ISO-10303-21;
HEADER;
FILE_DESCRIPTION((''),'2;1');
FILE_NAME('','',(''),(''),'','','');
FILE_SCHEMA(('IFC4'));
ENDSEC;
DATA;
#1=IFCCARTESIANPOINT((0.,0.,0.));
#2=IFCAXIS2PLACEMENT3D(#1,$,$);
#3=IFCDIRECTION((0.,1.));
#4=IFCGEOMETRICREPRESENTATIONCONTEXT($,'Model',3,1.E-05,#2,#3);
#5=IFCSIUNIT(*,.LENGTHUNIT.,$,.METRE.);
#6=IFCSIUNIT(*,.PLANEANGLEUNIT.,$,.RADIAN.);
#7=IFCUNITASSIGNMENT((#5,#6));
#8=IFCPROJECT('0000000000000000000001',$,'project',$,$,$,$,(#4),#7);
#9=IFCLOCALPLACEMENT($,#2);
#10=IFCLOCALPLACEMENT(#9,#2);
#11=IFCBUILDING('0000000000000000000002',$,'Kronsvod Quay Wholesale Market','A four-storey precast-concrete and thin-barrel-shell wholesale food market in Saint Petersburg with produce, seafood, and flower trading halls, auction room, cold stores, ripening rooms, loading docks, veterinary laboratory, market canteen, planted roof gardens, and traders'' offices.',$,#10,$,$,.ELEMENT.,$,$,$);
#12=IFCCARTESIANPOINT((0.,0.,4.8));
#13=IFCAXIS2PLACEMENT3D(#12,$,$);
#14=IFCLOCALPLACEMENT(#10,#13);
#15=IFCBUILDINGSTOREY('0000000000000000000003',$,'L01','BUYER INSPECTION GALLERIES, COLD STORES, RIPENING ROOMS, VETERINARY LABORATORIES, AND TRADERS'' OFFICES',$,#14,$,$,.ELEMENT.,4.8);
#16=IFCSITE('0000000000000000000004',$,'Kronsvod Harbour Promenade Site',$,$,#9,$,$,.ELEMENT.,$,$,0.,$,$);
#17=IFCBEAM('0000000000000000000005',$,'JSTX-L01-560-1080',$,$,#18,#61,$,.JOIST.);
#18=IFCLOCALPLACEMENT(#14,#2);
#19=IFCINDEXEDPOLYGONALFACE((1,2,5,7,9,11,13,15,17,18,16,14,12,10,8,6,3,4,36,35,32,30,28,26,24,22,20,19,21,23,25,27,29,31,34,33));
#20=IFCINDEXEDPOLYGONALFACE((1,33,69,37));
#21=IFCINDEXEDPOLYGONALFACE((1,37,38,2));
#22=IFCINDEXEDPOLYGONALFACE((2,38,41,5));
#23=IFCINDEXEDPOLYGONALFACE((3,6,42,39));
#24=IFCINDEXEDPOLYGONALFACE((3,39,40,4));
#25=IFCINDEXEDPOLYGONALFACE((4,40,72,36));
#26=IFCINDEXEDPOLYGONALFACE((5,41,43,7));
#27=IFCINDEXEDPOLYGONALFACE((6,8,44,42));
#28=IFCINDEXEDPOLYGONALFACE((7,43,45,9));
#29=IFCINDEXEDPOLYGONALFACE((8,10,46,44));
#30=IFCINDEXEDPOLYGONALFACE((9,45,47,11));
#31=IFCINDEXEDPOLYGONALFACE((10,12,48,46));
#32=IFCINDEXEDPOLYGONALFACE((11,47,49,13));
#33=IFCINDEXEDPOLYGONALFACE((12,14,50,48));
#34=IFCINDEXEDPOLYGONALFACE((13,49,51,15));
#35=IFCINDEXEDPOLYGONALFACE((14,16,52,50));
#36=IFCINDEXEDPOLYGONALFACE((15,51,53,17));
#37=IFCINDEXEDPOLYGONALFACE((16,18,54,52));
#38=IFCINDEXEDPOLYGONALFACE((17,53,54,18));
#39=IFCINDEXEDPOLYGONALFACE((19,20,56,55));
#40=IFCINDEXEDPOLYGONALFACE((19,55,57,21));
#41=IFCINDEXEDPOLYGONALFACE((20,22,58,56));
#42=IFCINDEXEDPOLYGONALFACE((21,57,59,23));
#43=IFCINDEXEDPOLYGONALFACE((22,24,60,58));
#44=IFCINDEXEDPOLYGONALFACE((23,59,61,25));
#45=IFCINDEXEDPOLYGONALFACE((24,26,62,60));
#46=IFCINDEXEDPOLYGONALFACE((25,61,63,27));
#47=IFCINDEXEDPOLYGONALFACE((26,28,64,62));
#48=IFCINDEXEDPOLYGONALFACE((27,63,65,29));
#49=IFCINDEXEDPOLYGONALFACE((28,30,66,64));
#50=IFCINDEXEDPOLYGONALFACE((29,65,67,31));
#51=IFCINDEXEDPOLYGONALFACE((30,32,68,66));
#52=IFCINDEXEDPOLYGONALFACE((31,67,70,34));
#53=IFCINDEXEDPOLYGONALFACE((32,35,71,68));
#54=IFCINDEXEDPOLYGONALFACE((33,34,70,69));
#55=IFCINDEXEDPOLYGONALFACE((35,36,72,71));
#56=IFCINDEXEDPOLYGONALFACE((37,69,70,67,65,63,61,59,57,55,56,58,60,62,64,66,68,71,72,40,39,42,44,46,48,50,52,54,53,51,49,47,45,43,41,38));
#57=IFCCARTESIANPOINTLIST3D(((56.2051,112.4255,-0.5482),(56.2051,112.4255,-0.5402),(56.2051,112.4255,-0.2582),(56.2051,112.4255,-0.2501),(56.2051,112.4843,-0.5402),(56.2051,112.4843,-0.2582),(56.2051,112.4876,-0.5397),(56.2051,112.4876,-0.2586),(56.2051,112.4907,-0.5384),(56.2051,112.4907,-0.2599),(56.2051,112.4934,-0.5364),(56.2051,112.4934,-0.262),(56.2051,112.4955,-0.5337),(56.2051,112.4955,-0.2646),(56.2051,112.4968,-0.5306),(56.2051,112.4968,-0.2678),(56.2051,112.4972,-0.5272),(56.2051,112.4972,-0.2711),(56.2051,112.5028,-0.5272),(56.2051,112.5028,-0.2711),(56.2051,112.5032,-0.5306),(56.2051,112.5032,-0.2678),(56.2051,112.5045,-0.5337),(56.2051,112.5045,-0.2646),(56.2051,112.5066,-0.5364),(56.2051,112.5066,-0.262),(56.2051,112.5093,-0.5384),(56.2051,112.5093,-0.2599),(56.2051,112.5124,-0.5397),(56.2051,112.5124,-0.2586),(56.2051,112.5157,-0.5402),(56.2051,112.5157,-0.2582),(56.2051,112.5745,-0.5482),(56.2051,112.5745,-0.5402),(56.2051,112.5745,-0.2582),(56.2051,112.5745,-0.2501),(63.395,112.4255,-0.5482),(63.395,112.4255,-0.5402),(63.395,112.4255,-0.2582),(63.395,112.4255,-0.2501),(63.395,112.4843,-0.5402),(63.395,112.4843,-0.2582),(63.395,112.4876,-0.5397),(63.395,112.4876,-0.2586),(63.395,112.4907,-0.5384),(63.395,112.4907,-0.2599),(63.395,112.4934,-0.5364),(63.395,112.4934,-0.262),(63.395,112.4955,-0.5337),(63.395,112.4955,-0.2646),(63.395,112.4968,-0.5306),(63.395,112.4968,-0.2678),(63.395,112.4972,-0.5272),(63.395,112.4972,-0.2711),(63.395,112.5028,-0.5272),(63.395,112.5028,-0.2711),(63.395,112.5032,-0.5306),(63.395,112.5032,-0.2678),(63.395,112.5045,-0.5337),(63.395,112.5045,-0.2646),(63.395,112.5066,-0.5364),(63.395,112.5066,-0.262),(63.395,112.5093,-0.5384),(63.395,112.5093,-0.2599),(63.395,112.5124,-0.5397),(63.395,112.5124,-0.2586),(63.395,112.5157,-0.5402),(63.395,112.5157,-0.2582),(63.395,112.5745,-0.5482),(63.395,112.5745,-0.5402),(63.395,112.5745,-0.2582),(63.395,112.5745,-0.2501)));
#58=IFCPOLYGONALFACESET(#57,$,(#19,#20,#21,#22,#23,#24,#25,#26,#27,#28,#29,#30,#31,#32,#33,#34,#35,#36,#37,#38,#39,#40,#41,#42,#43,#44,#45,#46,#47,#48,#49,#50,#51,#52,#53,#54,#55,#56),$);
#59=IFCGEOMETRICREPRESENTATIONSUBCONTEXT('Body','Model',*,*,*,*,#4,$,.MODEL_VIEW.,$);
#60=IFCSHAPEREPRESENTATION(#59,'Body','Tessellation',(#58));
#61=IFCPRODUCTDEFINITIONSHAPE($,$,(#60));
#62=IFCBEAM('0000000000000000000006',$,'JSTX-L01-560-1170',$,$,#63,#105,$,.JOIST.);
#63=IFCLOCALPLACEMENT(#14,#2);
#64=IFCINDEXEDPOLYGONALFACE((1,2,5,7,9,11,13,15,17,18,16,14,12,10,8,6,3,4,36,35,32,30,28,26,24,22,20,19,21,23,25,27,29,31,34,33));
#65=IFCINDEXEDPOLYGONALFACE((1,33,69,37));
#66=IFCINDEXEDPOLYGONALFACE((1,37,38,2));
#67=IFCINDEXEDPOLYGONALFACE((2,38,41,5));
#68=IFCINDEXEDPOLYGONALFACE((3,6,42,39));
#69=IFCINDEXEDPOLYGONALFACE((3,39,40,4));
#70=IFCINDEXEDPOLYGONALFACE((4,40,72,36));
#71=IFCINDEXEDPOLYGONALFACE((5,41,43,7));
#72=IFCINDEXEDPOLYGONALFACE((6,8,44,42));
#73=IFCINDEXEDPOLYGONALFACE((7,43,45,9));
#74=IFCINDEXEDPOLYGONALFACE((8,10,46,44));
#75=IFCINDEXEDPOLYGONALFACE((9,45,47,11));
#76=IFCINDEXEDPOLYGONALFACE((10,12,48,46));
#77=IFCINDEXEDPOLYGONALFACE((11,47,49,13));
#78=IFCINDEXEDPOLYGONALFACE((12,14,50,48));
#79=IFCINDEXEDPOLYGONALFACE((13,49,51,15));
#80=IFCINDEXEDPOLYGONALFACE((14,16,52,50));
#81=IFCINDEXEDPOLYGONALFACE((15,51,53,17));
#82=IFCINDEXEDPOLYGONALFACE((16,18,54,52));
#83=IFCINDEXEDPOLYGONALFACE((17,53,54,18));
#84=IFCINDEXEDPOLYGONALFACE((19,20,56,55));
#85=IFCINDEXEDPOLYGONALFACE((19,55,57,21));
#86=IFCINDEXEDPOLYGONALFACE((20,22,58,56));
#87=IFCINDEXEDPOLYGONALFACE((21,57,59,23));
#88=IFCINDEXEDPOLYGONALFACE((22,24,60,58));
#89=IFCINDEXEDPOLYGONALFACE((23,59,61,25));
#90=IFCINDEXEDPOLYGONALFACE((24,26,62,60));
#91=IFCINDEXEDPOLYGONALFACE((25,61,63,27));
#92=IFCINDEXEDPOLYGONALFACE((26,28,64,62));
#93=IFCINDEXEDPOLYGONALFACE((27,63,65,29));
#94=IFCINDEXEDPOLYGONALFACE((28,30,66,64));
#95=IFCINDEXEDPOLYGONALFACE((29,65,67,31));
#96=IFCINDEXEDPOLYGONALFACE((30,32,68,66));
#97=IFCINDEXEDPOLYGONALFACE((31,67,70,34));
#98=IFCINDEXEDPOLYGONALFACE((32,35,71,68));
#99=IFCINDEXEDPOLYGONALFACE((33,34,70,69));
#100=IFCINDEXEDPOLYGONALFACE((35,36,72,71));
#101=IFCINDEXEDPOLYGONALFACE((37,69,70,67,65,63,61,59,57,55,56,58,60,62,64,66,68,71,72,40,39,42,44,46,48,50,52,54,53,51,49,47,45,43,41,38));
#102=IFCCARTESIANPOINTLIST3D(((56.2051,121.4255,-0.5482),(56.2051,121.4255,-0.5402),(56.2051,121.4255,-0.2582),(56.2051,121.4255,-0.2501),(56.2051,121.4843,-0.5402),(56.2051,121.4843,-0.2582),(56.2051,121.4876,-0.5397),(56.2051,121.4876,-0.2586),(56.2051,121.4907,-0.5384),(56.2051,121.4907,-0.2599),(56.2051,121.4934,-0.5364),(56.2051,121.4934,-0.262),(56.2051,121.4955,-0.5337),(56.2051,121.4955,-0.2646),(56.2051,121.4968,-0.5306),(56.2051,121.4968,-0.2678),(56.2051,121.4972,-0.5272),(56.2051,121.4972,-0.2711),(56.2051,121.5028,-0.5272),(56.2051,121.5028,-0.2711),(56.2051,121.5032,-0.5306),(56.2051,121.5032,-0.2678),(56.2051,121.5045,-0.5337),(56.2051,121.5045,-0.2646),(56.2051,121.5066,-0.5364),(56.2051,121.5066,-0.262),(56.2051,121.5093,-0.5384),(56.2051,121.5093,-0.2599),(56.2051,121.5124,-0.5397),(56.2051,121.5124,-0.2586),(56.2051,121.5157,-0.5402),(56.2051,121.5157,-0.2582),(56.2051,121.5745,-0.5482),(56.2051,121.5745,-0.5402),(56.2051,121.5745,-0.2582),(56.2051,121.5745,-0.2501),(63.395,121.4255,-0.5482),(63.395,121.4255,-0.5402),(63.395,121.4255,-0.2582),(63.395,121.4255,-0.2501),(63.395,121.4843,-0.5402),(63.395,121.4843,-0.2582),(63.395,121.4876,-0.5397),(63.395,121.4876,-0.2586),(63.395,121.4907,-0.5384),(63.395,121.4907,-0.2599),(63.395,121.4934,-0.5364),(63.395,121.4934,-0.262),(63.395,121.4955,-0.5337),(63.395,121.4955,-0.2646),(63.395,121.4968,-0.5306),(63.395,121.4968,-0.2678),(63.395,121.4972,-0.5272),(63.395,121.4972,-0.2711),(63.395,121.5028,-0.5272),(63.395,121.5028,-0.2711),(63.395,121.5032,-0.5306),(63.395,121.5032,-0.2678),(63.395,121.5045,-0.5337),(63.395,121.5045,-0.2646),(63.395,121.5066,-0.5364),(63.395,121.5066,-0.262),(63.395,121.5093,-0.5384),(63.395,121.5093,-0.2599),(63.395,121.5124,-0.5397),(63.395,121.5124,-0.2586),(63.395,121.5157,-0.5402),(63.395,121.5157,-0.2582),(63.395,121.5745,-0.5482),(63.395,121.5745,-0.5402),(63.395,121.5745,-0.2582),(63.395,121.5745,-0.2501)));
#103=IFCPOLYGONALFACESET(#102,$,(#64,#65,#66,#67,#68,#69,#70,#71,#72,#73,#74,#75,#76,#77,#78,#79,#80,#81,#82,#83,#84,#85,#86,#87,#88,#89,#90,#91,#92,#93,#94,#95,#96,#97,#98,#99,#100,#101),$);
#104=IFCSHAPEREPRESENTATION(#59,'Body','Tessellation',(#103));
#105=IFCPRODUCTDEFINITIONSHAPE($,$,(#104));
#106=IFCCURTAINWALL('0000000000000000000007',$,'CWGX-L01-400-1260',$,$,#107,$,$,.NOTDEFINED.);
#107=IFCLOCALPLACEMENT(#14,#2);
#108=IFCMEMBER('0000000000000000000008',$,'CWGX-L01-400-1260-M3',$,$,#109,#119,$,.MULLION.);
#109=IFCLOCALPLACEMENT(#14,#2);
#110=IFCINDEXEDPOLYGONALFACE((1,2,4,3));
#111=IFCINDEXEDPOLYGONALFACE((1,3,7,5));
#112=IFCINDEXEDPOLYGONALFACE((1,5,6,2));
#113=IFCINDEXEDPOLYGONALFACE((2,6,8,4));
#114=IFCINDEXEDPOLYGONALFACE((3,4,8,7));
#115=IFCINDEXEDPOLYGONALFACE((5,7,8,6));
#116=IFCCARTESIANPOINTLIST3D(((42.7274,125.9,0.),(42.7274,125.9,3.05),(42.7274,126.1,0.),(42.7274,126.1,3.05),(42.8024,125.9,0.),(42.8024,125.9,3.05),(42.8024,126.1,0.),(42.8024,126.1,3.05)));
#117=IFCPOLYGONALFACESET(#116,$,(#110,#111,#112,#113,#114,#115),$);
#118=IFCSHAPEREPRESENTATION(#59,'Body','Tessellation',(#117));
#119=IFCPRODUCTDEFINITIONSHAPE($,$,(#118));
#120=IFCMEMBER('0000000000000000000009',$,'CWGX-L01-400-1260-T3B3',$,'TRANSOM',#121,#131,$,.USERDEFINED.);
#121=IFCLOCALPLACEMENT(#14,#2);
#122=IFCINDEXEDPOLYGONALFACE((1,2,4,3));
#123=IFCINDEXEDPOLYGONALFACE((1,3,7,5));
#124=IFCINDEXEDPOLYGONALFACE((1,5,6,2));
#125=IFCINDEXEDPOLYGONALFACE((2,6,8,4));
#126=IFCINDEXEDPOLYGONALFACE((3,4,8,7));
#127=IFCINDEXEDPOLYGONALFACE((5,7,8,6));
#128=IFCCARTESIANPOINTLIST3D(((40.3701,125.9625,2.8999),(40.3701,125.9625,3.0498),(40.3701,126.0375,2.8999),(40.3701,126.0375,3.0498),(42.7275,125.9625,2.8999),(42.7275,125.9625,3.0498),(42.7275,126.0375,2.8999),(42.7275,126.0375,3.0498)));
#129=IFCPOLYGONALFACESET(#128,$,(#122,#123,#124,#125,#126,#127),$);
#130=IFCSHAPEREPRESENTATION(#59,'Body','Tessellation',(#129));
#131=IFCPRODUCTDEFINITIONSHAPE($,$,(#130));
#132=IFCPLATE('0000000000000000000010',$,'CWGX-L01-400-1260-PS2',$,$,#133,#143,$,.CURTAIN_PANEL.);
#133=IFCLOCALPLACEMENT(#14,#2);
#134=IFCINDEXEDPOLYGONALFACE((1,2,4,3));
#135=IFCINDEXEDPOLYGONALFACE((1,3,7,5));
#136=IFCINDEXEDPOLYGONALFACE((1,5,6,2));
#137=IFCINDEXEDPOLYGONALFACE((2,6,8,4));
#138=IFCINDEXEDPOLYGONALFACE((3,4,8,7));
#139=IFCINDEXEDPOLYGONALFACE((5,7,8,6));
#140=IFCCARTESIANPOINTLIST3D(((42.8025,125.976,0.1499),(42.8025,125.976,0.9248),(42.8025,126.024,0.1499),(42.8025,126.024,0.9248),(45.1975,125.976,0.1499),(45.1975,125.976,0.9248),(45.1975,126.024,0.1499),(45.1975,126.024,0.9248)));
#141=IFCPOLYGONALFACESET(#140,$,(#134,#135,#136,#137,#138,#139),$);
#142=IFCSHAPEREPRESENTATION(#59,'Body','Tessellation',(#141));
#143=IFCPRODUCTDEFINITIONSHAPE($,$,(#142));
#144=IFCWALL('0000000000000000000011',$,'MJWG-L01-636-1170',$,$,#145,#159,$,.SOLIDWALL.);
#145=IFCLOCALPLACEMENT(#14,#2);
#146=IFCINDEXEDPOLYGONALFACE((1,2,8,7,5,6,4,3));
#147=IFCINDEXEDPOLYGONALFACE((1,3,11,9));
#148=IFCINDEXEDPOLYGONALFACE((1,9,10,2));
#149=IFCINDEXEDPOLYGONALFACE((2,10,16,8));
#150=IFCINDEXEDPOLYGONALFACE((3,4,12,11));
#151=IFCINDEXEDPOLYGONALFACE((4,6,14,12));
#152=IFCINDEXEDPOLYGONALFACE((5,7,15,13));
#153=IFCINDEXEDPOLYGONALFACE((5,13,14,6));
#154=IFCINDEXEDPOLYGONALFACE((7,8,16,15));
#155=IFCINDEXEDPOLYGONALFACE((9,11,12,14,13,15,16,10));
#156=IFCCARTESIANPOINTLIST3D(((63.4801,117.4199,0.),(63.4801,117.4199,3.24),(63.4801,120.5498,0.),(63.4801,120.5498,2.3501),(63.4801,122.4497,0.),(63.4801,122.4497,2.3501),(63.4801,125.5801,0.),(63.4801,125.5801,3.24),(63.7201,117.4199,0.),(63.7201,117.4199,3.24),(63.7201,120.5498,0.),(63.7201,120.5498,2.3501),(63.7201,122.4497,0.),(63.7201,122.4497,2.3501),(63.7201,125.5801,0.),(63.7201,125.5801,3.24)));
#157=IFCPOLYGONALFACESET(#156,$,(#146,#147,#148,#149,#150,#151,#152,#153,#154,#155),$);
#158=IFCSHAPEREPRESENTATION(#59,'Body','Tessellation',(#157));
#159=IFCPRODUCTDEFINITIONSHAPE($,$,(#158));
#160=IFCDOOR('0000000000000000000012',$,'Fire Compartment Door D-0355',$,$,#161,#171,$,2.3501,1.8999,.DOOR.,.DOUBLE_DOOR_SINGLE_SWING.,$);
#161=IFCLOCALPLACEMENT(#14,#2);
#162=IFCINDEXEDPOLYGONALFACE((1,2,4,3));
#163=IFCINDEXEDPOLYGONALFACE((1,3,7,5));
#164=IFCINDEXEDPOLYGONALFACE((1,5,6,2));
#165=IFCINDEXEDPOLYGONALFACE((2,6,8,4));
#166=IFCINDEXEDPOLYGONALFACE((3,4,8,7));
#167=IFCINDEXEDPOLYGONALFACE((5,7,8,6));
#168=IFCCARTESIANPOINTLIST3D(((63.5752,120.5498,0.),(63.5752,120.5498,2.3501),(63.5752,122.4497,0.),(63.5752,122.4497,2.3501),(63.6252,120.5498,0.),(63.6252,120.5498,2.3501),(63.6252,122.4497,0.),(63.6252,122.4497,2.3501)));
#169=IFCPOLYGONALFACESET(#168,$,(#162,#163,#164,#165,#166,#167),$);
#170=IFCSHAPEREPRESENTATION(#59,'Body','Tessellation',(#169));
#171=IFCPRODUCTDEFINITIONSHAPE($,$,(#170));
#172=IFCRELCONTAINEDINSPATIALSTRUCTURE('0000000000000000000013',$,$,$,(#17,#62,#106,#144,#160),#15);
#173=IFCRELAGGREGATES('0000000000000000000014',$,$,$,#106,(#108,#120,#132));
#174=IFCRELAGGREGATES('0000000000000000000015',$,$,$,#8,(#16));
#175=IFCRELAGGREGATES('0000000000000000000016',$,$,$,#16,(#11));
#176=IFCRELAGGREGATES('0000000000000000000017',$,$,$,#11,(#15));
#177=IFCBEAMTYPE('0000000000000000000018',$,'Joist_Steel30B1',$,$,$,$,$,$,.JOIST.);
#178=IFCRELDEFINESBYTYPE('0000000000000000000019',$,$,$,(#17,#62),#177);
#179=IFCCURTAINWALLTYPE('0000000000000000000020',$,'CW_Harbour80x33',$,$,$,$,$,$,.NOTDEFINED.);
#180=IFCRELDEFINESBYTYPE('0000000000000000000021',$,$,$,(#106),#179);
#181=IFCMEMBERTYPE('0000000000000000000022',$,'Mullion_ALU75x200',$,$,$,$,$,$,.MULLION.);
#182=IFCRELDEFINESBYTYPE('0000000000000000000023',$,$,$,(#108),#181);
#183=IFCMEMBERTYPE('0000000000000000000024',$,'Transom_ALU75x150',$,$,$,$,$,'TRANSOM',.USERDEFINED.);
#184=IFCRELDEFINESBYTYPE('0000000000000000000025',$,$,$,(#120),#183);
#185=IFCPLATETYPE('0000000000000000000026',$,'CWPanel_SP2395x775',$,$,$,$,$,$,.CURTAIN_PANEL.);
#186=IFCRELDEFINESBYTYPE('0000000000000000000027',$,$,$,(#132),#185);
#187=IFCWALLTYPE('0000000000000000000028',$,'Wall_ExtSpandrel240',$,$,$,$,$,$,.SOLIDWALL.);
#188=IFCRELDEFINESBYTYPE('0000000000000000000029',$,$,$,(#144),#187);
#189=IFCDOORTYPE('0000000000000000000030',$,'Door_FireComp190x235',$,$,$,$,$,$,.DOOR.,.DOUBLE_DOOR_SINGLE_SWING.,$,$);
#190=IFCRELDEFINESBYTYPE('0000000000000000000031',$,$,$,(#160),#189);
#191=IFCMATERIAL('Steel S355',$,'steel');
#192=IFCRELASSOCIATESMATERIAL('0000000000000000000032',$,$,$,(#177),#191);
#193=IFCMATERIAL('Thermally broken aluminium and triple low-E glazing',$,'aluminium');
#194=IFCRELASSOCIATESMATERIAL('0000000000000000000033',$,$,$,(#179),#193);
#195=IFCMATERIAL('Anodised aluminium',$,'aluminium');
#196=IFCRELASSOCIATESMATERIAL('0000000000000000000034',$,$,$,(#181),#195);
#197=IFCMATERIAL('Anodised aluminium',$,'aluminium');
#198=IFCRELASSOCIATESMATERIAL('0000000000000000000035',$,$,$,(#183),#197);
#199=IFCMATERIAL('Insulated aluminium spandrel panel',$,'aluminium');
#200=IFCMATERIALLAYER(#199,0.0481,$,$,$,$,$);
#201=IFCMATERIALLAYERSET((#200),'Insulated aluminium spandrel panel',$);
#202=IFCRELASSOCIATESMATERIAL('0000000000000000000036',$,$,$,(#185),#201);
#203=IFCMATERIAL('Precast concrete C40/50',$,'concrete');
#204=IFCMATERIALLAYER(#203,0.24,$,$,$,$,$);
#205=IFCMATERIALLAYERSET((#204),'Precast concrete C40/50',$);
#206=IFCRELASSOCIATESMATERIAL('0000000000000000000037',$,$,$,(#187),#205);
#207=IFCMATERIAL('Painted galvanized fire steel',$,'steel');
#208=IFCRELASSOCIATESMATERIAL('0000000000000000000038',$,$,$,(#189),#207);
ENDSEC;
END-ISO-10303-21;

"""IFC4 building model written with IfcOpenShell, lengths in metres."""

from ifc_helpers import new_model, si_unit, direction, frame, frame_2d, origin, origin_2d, place, context, subcontext, project, spatial, rectangle, i_section, extrude, material, layer, layer_set, material_profile, profile_set, type_object, element, fill, aggregate, save


model = new_model("IFC4")

# Units and contexts
model_context = context("Model", 3, precision=1e-05, world=origin(), true_north=direction((0.0, 1.0)))
body_context = subcontext(model_context, "Body", "Model", "MODEL_VIEW")
ifc_project = project(units=[si_unit("LENGTHUNIT", "METRE"), si_unit("PLANEANGLEUNIT", "RADIAN")], contexts=[model_context])

# Site, building, storey
site_placement = place(None, origin())
site = spatial("IfcSite", under=ifc_project, at=site_placement, Name="Kronsvod Harbour Promenade Site", CompositionType="ELEMENT", RefElevation=0.0)
building_placement = place(site_placement, origin())
building = spatial("IfcBuilding", under=site, at=building_placement, Name="Kronsvod Quay Wholesale Market", Description="A four-storey precast-concrete and thin-barrel-shell wholesale food market in Saint Petersburg with produce, seafood, and flower trading halls, auction room, cold stores, ripening rooms, loading docks, veterinary laboratory, market canteen, planted roof gardens, and traders' offices.", CompositionType="ELEMENT")
storey_placement = place(building_placement, frame((0.0, 0.0, 4.8)))
storey = spatial("IfcBuildingStorey", under=building, at=storey_placement, Name="L01", Description="BUYER INSPECTION GALLERIES, COLD STORES, RIPENING ROOMS, VETERINARY LABORATORIES, AND TRADERS' OFFICES", CompositionType="ELEMENT", Elevation=4.8)

# Beams
ifc_material_1 = material(Name="Steel S355", Category="steel")
ifc_material_profile_1 = material_profile(ifc_material_1, i_section(OverallWidth=0.1489, OverallDepth=0.2981, WebThickness=0.0056, FlangeThickness=0.0081, FilletRadius=0.0129, at=origin_2d()), Name="30B1")
ifc_profile_set_1 = profile_set([ifc_material_profile_1], Name="Steel S355")
beam_type_1 = type_object("IfcBeamType", Name="Joist_Steel30B1", PredefinedType="JOIST", material=ifc_profile_set_1)
for number, where, z_axis, x_axis, name in (
    (1, (56.2051, 112.5, -0.3992), (1.0, 0.0, 0.0), (0.0, 1.0, 0.0), "JSTX-L01-560-1080"),
    (2, (56.2051, 121.5, -0.3992), (1.0, 0.0, 0.0), (0.0, 1.0, 0.0), "JSTX-L01-560-1170"),
):
    element("IfcBeam", number, at=place(storey_placement, frame(where, z_axis=z_axis, x_axis=x_axis)), inside=storey, type_object=beam_type_1, Name=name, PredefinedType="JOIST", context=body_context, shape_type="SweptSolid", body=[
        extrude(i_section(OverallWidth=0.1489, OverallDepth=0.2981, WebThickness=0.0056, FlangeThickness=0.0081, FilletRadius=0.0129, at=origin_2d()), origin(), (0.0, 0.0, 1.0), 7.1899),
    ])

# Curtain wall, members, plate
ifc_material_2 = material(Name="Thermally broken aluminium and triple low-E glazing", Category="aluminium")
curtain_wall_type = type_object("IfcCurtainWallType", Name="CW_Harbour80x33", PredefinedType="NOTDEFINED", material=ifc_material_2)
curtain_wall_placement = place(storey_placement, origin())
curtain_wall = element("IfcCurtainWall", 3, at=curtain_wall_placement, inside=storey, type_object=curtain_wall_type, Name="CWGX-L01-400-1260", PredefinedType="NOTDEFINED")
ifc_material_3 = material(Name="Anodised aluminium", Category="aluminium")
ifc_material_profile_2 = material_profile(ifc_material_3, rectangle(XDim=0.075, YDim=0.2, at=origin_2d()), Name="ALUM75x200")
ifc_profile_set_2 = profile_set([ifc_material_profile_2], Name="Anodised aluminium")
member_type_1 = type_object("IfcMemberType", Name="Mullion_ALU75x200", PredefinedType="MULLION", material=ifc_profile_set_2)
member_1_placement = place(storey_placement, frame((42.7649, 126.0, 0.0), z_axis=(0.0, 0.0, 1.0), x_axis=(1.0, 0.0, 0.0)))
member_1 = element("IfcMember", 4, at=member_1_placement, type_object=member_type_1, Name="CWGX-L01-400-1260-M3", PredefinedType="MULLION", context=body_context, shape_type="SweptSolid", body=[
    extrude(rectangle(XDim=0.075, YDim=0.2, at=origin_2d()), origin(), (0.0, 0.0, 1.0), 3.05),
])
ifc_material_4 = material(Name="Anodised aluminium", Category="aluminium")
ifc_material_profile_3 = material_profile(ifc_material_4, rectangle(XDim=0.075, YDim=0.1499, at=origin_2d()), Name="ALUT75x150")
ifc_profile_set_3 = profile_set([ifc_material_profile_3], Name="Anodised aluminium")
member_type_2 = type_object("IfcMemberType", Name="Transom_ALU75x150", ElementType="TRANSOM", PredefinedType="USERDEFINED", material=ifc_profile_set_3)
member_2_placement = place(storey_placement, frame((42.7275, 126.0, 2.9749), z_axis=(-1.0, 0.0, 0.0), x_axis=(0.0, -1.0, 0.0)))
member_2 = element("IfcMember", 5, at=member_2_placement, type_object=member_type_2, Name="CWGX-L01-400-1260-T3B3", ObjectType="TRANSOM", PredefinedType="USERDEFINED", context=body_context, shape_type="SweptSolid", body=[
    extrude(rectangle(XDim=0.075, YDim=0.1499, at=origin_2d()), origin(), (0.0, 0.0, 1.0), 2.3574),
])
ifc_material_5 = material(Name="Insulated aluminium spandrel panel", Category="aluminium")
ifc_layer_1 = layer(ifc_material_5, 0.0481)
ifc_layer_set_1 = layer_set([ifc_layer_1], Name="Insulated aluminium spandrel panel")
plate_type = type_object("IfcPlateType", Name="CWPanel_SP2395x775", PredefinedType="CURTAIN_PANEL", material=ifc_layer_set_1)
plate_placement = place(storey_placement, frame((44.0, 126.0, 0.1499), z_axis=(0.0, 0.0, 1.0), x_axis=(-1.0, 0.0, 0.0)))
plate = element("IfcPlate", 6, at=plate_placement, type_object=plate_type, Name="CWGX-L01-400-1260-PS2", PredefinedType="CURTAIN_PANEL", context=body_context, shape_type="SweptSolid", body=[
    extrude(rectangle(XDim=2.395, YDim=0.0481, at=origin_2d()), origin(), (0.0, 0.0, 1.0), 0.7749),
])
aggregate(curtain_wall, [member_1, member_2, plate])

# Wall, opening, door
ifc_material_6 = material(Name="Precast concrete C40/50", Category="concrete")
ifc_layer_2 = layer(ifc_material_6, 0.24)
ifc_layer_set_2 = layer_set([ifc_layer_2], Name="Precast concrete C40/50")
wall_type = type_object("IfcWallType", Name="Wall_ExtSpandrel240", PredefinedType="SOLIDWALL", material=ifc_layer_set_2)
wall_1_placement = place(storey_placement, frame((63.6001, 117.4199, 0.0), z_axis=(0.0, 0.0, 1.0), x_axis=(0.0, 1.0, 0.0)))
wall_1 = element("IfcWall", 7, at=wall_1_placement, inside=storey, type_object=wall_type, Name="MJWG-L01-636-1170", PredefinedType="SOLIDWALL", context=body_context, shape_type="SweptSolid", body=[
    extrude(rectangle(XDim=8.1602, YDim=0.24, at=frame_2d((4.0801, 0.0))), origin(), (0.0, 0.0, 1.0), 3.24),
])
opening_1_placement = place(wall_1_placement, frame((3.1299, 0.0, 0.0)))
opening_1 = element("IfcOpeningElement", 8, at=opening_1_placement, cuts=wall_1, PredefinedType="OPENING", context=body_context, shape_type="SweptSolid", body=[
    extrude(rectangle(XDim=1.8999, YDim=2.3501, at=frame_2d((0.95, 1.175))), frame((0.0, 0.1299, 0.0), z_axis=(0.0, -1.0, 0.0), x_axis=(1.0, 0.0, 0.0)), (0.0, 0.0, 1.0), 0.26),
])
ifc_material_7 = material(Name="Painted galvanized fire steel", Category="steel")
door_type = type_object("IfcDoorType", Name="Door_FireComp190x235", OperationType="DOUBLE_DOOR_SINGLE_SWING", PredefinedType="DOOR", material=ifc_material_7)
door_1_placement = place(opening_1_placement, origin())
door_1 = element("IfcDoor", 9, at=door_1_placement, inside=storey, type_object=door_type, Name="Fire Compartment Door D-0355", OperationType="DOUBLE_DOOR_SINGLE_SWING", OverallHeight=2.3501, OverallWidth=1.8999, PredefinedType="DOOR", context=body_context, shape_type="SweptSolid", body=[
    extrude(rectangle(XDim=1.8999, YDim=2.3501, at=frame_2d((0.95, 1.175))), frame((0.0, 0.0249, 0.0), z_axis=(0.0, -1.0, 0.0), x_axis=(1.0, 0.0, 0.0)), (0.0, 0.0, 1.0), 0.05),
])
fill(opening_1, door_1)

save(model, "model.ifc")
